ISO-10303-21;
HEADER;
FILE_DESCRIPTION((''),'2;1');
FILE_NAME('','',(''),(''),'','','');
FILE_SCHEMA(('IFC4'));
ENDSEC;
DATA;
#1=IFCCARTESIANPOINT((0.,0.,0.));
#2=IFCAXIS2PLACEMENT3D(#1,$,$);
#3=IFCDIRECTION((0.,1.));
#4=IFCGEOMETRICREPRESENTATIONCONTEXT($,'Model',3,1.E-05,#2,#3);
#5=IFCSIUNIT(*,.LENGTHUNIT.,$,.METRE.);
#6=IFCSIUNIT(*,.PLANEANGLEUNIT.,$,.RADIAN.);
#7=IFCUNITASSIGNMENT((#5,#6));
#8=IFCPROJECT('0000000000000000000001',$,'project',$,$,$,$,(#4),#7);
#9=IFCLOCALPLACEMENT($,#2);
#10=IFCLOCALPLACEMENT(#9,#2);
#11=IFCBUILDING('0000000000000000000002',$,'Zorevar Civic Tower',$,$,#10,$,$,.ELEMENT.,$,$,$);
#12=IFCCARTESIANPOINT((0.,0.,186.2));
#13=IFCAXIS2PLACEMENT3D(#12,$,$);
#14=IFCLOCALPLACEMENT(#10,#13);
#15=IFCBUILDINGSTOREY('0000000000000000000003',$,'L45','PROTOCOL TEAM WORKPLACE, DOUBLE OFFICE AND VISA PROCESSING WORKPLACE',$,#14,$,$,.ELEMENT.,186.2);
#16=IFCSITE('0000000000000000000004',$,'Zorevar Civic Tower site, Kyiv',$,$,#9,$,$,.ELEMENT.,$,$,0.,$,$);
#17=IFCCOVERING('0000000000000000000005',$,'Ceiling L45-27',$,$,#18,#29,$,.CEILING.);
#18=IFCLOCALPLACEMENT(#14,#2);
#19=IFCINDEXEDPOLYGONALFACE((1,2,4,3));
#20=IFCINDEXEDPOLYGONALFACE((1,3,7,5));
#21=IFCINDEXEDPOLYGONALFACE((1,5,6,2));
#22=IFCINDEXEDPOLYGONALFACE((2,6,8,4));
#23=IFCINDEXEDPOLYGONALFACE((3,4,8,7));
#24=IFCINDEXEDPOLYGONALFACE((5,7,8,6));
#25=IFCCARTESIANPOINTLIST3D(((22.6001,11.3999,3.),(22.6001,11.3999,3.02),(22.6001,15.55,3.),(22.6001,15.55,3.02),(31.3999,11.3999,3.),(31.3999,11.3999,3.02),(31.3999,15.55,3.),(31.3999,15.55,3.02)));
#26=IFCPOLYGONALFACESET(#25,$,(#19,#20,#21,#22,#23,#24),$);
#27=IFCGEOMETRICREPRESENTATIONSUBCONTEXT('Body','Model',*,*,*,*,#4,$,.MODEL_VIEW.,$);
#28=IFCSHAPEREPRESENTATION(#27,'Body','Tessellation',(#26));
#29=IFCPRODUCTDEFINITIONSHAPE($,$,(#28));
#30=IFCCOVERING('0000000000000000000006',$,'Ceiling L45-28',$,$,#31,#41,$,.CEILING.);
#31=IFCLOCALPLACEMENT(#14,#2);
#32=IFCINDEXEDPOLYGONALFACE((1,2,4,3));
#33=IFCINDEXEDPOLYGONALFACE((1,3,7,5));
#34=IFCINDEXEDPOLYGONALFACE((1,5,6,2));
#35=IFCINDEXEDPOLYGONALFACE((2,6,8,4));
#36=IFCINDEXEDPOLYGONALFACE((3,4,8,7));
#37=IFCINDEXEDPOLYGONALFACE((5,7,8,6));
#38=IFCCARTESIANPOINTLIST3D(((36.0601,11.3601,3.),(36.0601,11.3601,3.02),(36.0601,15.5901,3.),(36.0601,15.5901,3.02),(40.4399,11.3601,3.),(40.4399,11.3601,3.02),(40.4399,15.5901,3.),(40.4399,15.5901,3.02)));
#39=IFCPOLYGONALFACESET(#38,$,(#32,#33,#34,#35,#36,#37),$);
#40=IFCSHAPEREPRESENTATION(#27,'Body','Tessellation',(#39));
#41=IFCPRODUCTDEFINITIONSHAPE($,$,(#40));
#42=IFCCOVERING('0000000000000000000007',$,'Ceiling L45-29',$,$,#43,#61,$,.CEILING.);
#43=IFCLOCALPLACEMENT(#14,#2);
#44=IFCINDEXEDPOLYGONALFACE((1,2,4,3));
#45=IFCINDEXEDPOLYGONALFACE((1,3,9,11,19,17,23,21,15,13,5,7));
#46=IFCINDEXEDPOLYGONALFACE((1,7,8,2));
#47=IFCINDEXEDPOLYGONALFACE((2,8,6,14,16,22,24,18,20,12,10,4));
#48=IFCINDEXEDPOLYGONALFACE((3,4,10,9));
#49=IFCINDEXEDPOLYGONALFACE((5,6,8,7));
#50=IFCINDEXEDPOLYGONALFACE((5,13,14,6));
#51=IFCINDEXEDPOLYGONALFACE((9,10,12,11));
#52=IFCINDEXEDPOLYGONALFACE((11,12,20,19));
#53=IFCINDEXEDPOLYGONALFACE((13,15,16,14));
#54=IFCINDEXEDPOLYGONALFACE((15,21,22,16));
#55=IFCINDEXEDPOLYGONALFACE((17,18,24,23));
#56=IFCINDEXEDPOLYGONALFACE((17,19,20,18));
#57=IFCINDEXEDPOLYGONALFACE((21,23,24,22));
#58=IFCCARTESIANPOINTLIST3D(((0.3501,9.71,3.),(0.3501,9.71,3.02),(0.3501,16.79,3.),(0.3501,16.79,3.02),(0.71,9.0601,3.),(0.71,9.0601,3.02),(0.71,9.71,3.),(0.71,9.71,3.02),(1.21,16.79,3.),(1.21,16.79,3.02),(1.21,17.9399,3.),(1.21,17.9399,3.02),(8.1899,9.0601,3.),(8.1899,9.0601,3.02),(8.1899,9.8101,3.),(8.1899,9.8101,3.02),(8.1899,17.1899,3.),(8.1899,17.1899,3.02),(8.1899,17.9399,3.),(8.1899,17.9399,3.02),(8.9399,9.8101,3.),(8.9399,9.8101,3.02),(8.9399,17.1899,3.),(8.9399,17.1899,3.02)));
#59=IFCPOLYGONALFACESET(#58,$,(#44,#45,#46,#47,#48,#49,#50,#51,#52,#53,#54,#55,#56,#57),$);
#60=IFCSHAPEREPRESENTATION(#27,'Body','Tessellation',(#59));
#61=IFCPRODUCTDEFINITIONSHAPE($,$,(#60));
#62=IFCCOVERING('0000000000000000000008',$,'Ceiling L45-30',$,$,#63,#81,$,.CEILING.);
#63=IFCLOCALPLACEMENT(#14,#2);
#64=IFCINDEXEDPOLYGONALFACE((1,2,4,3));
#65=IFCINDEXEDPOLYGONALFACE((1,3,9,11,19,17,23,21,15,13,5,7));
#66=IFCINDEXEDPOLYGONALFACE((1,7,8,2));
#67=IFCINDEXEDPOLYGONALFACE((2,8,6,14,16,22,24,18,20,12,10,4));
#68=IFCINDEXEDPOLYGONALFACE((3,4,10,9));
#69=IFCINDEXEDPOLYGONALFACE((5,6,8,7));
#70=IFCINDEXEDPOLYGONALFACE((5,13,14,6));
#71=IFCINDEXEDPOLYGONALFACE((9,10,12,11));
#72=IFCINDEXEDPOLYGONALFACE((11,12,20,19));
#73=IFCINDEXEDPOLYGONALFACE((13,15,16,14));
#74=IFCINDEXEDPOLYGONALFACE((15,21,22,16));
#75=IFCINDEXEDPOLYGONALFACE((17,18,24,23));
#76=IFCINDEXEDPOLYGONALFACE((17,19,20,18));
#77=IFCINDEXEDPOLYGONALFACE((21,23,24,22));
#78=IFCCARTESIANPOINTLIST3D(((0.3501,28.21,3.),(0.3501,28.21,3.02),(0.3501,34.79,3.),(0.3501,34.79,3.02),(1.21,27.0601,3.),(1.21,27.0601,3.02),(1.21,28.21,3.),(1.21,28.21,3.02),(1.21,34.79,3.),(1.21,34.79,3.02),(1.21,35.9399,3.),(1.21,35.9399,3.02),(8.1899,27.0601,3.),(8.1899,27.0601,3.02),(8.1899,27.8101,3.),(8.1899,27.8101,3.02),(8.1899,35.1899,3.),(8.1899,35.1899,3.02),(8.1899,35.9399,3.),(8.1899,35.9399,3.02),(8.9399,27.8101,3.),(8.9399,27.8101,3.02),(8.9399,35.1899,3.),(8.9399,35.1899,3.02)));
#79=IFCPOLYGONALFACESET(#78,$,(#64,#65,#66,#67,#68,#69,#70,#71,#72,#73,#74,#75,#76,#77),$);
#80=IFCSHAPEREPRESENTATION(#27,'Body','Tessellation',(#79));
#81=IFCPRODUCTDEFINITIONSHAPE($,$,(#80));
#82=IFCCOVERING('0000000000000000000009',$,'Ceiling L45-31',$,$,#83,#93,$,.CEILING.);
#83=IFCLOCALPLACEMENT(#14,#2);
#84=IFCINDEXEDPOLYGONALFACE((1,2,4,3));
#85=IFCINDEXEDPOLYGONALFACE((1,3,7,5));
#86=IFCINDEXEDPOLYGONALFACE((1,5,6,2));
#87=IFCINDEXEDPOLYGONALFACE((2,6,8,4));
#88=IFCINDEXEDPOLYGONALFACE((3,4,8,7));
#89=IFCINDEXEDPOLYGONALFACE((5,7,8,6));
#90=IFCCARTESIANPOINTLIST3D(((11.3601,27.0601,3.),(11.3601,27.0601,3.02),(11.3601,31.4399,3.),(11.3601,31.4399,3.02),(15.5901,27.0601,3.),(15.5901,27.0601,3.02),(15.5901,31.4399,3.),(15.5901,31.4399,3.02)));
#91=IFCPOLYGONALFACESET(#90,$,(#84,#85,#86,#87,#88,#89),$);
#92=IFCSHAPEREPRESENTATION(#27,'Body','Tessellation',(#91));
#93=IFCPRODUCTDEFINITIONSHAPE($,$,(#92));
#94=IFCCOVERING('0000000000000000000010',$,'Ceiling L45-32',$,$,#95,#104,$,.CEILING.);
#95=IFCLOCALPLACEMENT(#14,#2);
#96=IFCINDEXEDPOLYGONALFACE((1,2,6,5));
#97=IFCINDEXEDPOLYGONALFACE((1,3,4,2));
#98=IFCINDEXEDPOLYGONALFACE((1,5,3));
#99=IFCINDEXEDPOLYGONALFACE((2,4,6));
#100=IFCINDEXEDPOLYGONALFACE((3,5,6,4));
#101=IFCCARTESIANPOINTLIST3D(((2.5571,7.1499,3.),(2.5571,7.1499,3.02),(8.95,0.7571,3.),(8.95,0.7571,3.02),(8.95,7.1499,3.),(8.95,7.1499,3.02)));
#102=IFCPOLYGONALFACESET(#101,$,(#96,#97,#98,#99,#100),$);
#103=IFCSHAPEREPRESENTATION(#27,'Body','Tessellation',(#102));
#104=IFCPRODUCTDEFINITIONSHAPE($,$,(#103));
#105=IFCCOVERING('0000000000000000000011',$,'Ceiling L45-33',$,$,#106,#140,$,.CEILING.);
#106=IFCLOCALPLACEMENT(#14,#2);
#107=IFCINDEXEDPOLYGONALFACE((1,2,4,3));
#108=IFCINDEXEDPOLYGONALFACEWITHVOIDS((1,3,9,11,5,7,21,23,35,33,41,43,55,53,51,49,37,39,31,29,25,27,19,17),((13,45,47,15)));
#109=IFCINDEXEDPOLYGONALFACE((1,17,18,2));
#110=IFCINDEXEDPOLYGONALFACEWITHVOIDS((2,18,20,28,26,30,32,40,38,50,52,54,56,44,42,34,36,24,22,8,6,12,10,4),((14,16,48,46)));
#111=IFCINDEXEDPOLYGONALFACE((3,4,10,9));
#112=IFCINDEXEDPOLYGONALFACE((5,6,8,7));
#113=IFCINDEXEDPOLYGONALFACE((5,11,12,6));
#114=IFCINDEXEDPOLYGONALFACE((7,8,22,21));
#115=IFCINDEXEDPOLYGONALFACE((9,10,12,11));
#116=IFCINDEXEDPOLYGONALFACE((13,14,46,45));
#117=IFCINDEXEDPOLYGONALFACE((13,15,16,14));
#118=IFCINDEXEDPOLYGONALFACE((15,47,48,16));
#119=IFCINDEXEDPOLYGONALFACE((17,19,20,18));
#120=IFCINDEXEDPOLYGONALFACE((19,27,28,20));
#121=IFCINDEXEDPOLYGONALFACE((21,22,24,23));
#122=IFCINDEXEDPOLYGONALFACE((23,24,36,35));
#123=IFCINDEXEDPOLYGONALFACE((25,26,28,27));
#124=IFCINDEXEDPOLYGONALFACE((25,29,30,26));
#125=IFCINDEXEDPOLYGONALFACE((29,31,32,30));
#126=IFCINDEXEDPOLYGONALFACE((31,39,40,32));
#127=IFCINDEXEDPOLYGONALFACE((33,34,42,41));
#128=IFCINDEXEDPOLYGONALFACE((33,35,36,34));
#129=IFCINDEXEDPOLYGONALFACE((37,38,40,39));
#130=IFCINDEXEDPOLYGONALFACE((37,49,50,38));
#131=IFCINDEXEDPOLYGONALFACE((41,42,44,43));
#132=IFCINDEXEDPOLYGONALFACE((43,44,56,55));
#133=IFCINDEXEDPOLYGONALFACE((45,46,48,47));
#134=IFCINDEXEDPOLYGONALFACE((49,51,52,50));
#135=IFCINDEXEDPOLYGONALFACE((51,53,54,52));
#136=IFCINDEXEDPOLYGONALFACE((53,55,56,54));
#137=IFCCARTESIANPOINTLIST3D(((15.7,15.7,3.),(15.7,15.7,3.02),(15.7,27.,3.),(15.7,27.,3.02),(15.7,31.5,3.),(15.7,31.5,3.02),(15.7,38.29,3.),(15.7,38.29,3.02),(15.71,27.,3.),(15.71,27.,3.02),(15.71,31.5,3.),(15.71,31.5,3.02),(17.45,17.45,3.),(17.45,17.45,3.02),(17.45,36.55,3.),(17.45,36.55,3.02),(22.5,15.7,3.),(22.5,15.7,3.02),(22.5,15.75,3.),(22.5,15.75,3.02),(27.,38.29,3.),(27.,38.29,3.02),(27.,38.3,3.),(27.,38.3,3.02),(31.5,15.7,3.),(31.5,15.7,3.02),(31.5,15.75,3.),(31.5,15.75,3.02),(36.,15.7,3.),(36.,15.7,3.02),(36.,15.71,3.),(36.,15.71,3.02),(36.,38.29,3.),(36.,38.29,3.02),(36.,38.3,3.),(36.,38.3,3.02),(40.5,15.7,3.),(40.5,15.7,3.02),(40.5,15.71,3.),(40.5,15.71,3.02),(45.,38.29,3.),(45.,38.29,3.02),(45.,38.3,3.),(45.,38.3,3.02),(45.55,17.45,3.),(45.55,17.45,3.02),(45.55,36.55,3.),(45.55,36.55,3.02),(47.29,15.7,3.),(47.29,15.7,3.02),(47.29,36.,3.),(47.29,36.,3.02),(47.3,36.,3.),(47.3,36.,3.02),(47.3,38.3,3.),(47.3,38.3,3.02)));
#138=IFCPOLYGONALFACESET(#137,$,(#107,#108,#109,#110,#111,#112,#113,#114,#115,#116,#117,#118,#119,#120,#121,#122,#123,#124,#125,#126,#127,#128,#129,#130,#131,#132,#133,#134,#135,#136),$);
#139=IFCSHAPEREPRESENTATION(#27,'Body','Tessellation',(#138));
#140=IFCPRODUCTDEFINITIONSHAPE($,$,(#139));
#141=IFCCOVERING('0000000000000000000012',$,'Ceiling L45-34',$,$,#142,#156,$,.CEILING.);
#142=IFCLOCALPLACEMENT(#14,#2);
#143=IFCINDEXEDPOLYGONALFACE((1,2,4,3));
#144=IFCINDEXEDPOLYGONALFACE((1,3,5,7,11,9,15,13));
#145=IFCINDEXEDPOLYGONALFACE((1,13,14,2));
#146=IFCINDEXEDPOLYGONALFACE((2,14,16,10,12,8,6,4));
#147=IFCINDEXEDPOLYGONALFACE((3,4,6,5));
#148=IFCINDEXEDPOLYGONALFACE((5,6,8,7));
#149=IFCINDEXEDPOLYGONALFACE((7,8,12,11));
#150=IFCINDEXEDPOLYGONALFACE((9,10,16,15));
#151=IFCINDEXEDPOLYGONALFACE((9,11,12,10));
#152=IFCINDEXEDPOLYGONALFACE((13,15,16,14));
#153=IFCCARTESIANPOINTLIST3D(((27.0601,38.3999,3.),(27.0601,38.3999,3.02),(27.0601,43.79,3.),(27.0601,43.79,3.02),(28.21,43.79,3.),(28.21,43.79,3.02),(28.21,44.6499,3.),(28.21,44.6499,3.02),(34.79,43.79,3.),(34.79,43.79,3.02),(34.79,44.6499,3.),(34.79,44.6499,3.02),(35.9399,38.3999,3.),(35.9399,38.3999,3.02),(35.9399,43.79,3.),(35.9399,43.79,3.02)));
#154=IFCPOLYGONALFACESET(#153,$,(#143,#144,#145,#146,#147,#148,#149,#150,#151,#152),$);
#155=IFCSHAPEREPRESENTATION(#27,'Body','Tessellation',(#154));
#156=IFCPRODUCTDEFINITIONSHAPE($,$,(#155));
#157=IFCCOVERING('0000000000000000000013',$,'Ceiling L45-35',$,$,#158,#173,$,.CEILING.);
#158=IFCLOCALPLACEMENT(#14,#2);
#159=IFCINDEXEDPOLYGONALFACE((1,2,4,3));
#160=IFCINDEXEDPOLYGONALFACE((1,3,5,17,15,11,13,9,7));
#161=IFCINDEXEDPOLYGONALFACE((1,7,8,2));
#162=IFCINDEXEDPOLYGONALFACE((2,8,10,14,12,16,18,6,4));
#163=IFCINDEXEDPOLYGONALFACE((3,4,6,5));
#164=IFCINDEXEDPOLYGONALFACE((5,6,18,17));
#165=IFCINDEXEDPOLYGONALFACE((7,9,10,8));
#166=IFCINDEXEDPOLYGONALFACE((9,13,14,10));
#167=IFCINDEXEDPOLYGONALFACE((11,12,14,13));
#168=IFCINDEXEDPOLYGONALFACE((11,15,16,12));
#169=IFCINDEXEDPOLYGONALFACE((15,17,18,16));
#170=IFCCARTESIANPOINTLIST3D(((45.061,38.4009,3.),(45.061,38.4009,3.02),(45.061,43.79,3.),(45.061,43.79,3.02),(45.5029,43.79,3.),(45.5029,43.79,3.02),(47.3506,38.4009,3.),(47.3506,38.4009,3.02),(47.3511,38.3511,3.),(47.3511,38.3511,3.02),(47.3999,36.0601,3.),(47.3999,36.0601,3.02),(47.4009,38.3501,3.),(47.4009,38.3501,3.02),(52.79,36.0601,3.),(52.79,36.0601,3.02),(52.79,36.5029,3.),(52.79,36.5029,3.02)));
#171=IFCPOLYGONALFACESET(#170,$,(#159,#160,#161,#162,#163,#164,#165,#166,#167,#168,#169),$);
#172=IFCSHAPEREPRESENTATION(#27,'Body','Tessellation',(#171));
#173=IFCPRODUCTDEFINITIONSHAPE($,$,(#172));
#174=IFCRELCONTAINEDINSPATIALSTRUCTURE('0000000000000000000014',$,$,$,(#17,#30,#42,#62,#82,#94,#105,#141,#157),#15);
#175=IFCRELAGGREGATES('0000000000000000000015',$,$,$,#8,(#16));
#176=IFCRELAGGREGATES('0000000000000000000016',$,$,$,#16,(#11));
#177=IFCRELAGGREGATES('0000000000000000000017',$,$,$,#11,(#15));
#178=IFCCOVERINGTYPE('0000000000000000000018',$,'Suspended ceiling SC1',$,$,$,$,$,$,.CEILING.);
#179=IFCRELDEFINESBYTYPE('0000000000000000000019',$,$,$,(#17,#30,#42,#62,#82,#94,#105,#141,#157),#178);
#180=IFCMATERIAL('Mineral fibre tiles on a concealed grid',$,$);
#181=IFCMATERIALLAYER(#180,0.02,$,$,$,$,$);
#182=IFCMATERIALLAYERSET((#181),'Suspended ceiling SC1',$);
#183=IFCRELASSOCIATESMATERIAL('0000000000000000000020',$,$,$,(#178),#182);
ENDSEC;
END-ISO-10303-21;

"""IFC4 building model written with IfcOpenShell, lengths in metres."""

from ifc_helpers import new_model, si_unit, direction, frame, origin, place, context, subcontext, project, spatial, polyline, outline, extrude, material, layer, layer_set, type_object, element, save


model = new_model("IFC4")

# Units and contexts
model_context = context("Model", 3, precision=1e-05, world=origin(), true_north=direction((0.0, 1.0)))
body_context = subcontext(model_context, "Body", "Model", "MODEL_VIEW")
ifc_project = project(units=[si_unit("LENGTHUNIT", "METRE"), si_unit("PLANEANGLEUNIT", "RADIAN")], contexts=[model_context])

# Site, building, storey
site_placement = place(None, origin())
site = spatial("IfcSite", under=ifc_project, at=site_placement, Name="Zorevar Civic Tower site, Kyiv", CompositionType="ELEMENT", RefElevation=0.0)
building_placement = place(site_placement, origin())
building = spatial("IfcBuilding", under=site, at=building_placement, Name="Zorevar Civic Tower", CompositionType="ELEMENT")
storey_placement = place(building_placement, frame((0.0, 0.0, 186.2)))
storey = spatial("IfcBuildingStorey", under=building, at=storey_placement, Name="L45", Description="PROTOCOL TEAM WORKPLACE, DOUBLE OFFICE AND VISA PROCESSING WORKPLACE", CompositionType="ELEMENT", Elevation=186.2)

# Coverings
ifc_material_1 = material(Name="Mineral fibre tiles on a concealed grid")
ifc_layer_1 = layer(ifc_material_1, 0.02)
ifc_layer_set_1 = layer_set([ifc_layer_1], Name="Suspended ceiling SC1")
covering_type_1 = type_object("IfcCoveringType", Name="Suspended ceiling SC1", PredefinedType="CEILING", material=ifc_layer_set_1)
covering_1_placement = place(storey_placement, frame((0.0, 0.0, 3.0)))
element("IfcCovering", 1, at=covering_1_placement, inside=storey, type_object=covering_type_1, Name="Ceiling L45-27", PredefinedType="CEILING", context=body_context, shape_type="SweptSolid", body=[
    extrude(outline(polyline([(22.6001, 15.55), (31.3999, 15.55), (31.3999, 11.3999), (22.6001, 11.3999), (22.6001, 15.55)])), origin(), (0.0, 0.0, 1.0), 0.02),
])
covering_2_placement = place(storey_placement, frame((0.0, 0.0, 3.0)))
element("IfcCovering", 2, at=covering_2_placement, inside=storey, type_object=covering_type_1, Name="Ceiling L45-28", PredefinedType="CEILING", context=body_context, shape_type="SweptSolid", body=[
    extrude(outline(polyline([(40.4399, 15.5901), (40.4399, 11.3601), (36.0601, 11.3601), (36.0601, 15.5901), (40.4399, 15.5901)])), origin(), (0.0, 0.0, 1.0), 0.02),
])
covering_3_placement = place(storey_placement, frame((0.0, 0.0, 3.0)))
element("IfcCovering", 3, at=covering_3_placement, inside=storey, type_object=covering_type_1, Name="Ceiling L45-29", PredefinedType="CEILING", context=body_context, shape_type="SweptSolid", body=[
    extrude(outline(polyline([(8.9399, 9.8101), (8.1899, 9.8101), (8.1899, 9.0601), (0.71, 9.0601), (0.71, 9.71), (0.3501, 9.71), (0.3501, 16.79), (1.21, 16.79), (1.21, 17.9399), (8.1899, 17.9399), (8.1899, 17.1899), (8.9399, 17.1899), (8.9399, 9.8101)])), origin(), (0.0, 0.0, 1.0), 0.02),
])
covering_4_placement = place(storey_placement, frame((0.0, 0.0, 3.0)))
element("IfcCovering", 4, at=covering_4_placement, inside=storey, type_object=covering_type_1, Name="Ceiling L45-30", PredefinedType="CEILING", context=body_context, shape_type="SweptSolid", body=[
    extrude(outline(polyline([(8.9399, 27.8101), (8.1899, 27.8101), (8.1899, 27.0601), (1.21, 27.0601), (1.21, 28.21), (0.3501, 28.21), (0.3501, 34.79), (1.21, 34.79), (1.21, 35.9399), (8.1899, 35.9399), (8.1899, 35.1899), (8.9399, 35.1899), (8.9399, 27.8101)])), origin(), (0.0, 0.0, 1.0), 0.02),
])
covering_5_placement = place(storey_placement, frame((0.0, 0.0, 3.0)))
element("IfcCovering", 5, at=covering_5_placement, inside=storey, type_object=covering_type_1, Name="Ceiling L45-31", PredefinedType="CEILING", context=body_context, shape_type="SweptSolid", body=[
    extrude(outline(polyline([(11.3601, 27.0601), (11.3601, 31.4399), (15.5901, 31.4399), (15.5901, 27.0601), (11.3601, 27.0601)])), origin(), (0.0, 0.0, 1.0), 0.02),
])
covering_6_placement = place(storey_placement, frame((0.0, 0.0, 3.0)))
element("IfcCovering", 6, at=covering_6_placement, inside=storey, type_object=covering_type_1, Name="Ceiling L45-32", PredefinedType="CEILING", context=body_context, shape_type="SweptSolid", body=[
    extrude(outline(polyline([(8.95, 7.1499), (8.95, 0.7571), (2.5571, 7.1499), (8.95, 7.1499)])), origin(), (0.0, 0.0, 1.0), 0.02),
])
covering_7_placement = place(storey_placement, frame((0.0, 0.0, 3.0)))
element("IfcCovering", 7, at=covering_7_placement, inside=storey, type_object=covering_type_1, Name="Ceiling L45-33", PredefinedType="CEILING", context=body_context, shape_type="SweptSolid", body=[
    extrude(outline(polyline([(15.7, 38.29), (27.0, 38.29), (27.0, 38.3), (36.0, 38.3), (36.0, 38.29), (45.0, 38.29), (45.0, 38.3), (47.3, 38.3), (47.3, 36.0), (47.29, 36.0), (47.29, 15.7), (40.5, 15.7), (40.5, 15.71), (36.0, 15.71), (36.0, 15.7), (31.5, 15.7), (31.5, 15.75), (22.5, 15.75), (22.5, 15.7), (15.7, 15.7), (15.7, 27.0), (15.71, 27.0), (15.71, 31.5), (15.7, 31.5), (15.7, 38.29)]), holes=[polyline([(45.55, 36.55), (17.45, 36.55), (17.45, 17.45), (45.55, 17.45), (45.55, 36.55)])]), origin(), (0.0, 0.0, 1.0), 0.02),
])
covering_8_placement = place(storey_placement, frame((0.0, 0.0, 3.0)))
element("IfcCovering", 8, at=covering_8_placement, inside=storey, type_object=covering_type_1, Name="Ceiling L45-34", PredefinedType="CEILING", context=body_context, shape_type="SweptSolid", body=[
    extrude(outline(polyline([(35.9399, 38.3999), (27.0601, 38.3999), (27.0601, 43.79), (28.21, 43.79), (28.21, 44.6499), (34.79, 44.6499), (34.79, 43.79), (35.9399, 43.79), (35.9399, 38.3999)])), origin(), (0.0, 0.0, 1.0), 0.02),
])
covering_9_placement = place(storey_placement, frame((0.0, 0.0, 3.0)))
element("IfcCovering", 9, at=covering_9_placement, inside=storey, type_object=covering_type_1, Name="Ceiling L45-35", PredefinedType="CEILING", context=body_context, shape_type="SweptSolid", body=[
    extrude(outline(polyline([(47.3506, 38.4009), (45.061, 38.4009), (45.061, 43.79), (45.5029, 43.79), (52.79, 36.5029), (52.79, 36.0601), (47.3999, 36.0601), (47.4009, 38.3501), (47.3511, 38.3511), (47.3506, 38.4009)])), origin(), (0.0, 0.0, 1.0), 0.02),
])

save(model, "model.ifc")
